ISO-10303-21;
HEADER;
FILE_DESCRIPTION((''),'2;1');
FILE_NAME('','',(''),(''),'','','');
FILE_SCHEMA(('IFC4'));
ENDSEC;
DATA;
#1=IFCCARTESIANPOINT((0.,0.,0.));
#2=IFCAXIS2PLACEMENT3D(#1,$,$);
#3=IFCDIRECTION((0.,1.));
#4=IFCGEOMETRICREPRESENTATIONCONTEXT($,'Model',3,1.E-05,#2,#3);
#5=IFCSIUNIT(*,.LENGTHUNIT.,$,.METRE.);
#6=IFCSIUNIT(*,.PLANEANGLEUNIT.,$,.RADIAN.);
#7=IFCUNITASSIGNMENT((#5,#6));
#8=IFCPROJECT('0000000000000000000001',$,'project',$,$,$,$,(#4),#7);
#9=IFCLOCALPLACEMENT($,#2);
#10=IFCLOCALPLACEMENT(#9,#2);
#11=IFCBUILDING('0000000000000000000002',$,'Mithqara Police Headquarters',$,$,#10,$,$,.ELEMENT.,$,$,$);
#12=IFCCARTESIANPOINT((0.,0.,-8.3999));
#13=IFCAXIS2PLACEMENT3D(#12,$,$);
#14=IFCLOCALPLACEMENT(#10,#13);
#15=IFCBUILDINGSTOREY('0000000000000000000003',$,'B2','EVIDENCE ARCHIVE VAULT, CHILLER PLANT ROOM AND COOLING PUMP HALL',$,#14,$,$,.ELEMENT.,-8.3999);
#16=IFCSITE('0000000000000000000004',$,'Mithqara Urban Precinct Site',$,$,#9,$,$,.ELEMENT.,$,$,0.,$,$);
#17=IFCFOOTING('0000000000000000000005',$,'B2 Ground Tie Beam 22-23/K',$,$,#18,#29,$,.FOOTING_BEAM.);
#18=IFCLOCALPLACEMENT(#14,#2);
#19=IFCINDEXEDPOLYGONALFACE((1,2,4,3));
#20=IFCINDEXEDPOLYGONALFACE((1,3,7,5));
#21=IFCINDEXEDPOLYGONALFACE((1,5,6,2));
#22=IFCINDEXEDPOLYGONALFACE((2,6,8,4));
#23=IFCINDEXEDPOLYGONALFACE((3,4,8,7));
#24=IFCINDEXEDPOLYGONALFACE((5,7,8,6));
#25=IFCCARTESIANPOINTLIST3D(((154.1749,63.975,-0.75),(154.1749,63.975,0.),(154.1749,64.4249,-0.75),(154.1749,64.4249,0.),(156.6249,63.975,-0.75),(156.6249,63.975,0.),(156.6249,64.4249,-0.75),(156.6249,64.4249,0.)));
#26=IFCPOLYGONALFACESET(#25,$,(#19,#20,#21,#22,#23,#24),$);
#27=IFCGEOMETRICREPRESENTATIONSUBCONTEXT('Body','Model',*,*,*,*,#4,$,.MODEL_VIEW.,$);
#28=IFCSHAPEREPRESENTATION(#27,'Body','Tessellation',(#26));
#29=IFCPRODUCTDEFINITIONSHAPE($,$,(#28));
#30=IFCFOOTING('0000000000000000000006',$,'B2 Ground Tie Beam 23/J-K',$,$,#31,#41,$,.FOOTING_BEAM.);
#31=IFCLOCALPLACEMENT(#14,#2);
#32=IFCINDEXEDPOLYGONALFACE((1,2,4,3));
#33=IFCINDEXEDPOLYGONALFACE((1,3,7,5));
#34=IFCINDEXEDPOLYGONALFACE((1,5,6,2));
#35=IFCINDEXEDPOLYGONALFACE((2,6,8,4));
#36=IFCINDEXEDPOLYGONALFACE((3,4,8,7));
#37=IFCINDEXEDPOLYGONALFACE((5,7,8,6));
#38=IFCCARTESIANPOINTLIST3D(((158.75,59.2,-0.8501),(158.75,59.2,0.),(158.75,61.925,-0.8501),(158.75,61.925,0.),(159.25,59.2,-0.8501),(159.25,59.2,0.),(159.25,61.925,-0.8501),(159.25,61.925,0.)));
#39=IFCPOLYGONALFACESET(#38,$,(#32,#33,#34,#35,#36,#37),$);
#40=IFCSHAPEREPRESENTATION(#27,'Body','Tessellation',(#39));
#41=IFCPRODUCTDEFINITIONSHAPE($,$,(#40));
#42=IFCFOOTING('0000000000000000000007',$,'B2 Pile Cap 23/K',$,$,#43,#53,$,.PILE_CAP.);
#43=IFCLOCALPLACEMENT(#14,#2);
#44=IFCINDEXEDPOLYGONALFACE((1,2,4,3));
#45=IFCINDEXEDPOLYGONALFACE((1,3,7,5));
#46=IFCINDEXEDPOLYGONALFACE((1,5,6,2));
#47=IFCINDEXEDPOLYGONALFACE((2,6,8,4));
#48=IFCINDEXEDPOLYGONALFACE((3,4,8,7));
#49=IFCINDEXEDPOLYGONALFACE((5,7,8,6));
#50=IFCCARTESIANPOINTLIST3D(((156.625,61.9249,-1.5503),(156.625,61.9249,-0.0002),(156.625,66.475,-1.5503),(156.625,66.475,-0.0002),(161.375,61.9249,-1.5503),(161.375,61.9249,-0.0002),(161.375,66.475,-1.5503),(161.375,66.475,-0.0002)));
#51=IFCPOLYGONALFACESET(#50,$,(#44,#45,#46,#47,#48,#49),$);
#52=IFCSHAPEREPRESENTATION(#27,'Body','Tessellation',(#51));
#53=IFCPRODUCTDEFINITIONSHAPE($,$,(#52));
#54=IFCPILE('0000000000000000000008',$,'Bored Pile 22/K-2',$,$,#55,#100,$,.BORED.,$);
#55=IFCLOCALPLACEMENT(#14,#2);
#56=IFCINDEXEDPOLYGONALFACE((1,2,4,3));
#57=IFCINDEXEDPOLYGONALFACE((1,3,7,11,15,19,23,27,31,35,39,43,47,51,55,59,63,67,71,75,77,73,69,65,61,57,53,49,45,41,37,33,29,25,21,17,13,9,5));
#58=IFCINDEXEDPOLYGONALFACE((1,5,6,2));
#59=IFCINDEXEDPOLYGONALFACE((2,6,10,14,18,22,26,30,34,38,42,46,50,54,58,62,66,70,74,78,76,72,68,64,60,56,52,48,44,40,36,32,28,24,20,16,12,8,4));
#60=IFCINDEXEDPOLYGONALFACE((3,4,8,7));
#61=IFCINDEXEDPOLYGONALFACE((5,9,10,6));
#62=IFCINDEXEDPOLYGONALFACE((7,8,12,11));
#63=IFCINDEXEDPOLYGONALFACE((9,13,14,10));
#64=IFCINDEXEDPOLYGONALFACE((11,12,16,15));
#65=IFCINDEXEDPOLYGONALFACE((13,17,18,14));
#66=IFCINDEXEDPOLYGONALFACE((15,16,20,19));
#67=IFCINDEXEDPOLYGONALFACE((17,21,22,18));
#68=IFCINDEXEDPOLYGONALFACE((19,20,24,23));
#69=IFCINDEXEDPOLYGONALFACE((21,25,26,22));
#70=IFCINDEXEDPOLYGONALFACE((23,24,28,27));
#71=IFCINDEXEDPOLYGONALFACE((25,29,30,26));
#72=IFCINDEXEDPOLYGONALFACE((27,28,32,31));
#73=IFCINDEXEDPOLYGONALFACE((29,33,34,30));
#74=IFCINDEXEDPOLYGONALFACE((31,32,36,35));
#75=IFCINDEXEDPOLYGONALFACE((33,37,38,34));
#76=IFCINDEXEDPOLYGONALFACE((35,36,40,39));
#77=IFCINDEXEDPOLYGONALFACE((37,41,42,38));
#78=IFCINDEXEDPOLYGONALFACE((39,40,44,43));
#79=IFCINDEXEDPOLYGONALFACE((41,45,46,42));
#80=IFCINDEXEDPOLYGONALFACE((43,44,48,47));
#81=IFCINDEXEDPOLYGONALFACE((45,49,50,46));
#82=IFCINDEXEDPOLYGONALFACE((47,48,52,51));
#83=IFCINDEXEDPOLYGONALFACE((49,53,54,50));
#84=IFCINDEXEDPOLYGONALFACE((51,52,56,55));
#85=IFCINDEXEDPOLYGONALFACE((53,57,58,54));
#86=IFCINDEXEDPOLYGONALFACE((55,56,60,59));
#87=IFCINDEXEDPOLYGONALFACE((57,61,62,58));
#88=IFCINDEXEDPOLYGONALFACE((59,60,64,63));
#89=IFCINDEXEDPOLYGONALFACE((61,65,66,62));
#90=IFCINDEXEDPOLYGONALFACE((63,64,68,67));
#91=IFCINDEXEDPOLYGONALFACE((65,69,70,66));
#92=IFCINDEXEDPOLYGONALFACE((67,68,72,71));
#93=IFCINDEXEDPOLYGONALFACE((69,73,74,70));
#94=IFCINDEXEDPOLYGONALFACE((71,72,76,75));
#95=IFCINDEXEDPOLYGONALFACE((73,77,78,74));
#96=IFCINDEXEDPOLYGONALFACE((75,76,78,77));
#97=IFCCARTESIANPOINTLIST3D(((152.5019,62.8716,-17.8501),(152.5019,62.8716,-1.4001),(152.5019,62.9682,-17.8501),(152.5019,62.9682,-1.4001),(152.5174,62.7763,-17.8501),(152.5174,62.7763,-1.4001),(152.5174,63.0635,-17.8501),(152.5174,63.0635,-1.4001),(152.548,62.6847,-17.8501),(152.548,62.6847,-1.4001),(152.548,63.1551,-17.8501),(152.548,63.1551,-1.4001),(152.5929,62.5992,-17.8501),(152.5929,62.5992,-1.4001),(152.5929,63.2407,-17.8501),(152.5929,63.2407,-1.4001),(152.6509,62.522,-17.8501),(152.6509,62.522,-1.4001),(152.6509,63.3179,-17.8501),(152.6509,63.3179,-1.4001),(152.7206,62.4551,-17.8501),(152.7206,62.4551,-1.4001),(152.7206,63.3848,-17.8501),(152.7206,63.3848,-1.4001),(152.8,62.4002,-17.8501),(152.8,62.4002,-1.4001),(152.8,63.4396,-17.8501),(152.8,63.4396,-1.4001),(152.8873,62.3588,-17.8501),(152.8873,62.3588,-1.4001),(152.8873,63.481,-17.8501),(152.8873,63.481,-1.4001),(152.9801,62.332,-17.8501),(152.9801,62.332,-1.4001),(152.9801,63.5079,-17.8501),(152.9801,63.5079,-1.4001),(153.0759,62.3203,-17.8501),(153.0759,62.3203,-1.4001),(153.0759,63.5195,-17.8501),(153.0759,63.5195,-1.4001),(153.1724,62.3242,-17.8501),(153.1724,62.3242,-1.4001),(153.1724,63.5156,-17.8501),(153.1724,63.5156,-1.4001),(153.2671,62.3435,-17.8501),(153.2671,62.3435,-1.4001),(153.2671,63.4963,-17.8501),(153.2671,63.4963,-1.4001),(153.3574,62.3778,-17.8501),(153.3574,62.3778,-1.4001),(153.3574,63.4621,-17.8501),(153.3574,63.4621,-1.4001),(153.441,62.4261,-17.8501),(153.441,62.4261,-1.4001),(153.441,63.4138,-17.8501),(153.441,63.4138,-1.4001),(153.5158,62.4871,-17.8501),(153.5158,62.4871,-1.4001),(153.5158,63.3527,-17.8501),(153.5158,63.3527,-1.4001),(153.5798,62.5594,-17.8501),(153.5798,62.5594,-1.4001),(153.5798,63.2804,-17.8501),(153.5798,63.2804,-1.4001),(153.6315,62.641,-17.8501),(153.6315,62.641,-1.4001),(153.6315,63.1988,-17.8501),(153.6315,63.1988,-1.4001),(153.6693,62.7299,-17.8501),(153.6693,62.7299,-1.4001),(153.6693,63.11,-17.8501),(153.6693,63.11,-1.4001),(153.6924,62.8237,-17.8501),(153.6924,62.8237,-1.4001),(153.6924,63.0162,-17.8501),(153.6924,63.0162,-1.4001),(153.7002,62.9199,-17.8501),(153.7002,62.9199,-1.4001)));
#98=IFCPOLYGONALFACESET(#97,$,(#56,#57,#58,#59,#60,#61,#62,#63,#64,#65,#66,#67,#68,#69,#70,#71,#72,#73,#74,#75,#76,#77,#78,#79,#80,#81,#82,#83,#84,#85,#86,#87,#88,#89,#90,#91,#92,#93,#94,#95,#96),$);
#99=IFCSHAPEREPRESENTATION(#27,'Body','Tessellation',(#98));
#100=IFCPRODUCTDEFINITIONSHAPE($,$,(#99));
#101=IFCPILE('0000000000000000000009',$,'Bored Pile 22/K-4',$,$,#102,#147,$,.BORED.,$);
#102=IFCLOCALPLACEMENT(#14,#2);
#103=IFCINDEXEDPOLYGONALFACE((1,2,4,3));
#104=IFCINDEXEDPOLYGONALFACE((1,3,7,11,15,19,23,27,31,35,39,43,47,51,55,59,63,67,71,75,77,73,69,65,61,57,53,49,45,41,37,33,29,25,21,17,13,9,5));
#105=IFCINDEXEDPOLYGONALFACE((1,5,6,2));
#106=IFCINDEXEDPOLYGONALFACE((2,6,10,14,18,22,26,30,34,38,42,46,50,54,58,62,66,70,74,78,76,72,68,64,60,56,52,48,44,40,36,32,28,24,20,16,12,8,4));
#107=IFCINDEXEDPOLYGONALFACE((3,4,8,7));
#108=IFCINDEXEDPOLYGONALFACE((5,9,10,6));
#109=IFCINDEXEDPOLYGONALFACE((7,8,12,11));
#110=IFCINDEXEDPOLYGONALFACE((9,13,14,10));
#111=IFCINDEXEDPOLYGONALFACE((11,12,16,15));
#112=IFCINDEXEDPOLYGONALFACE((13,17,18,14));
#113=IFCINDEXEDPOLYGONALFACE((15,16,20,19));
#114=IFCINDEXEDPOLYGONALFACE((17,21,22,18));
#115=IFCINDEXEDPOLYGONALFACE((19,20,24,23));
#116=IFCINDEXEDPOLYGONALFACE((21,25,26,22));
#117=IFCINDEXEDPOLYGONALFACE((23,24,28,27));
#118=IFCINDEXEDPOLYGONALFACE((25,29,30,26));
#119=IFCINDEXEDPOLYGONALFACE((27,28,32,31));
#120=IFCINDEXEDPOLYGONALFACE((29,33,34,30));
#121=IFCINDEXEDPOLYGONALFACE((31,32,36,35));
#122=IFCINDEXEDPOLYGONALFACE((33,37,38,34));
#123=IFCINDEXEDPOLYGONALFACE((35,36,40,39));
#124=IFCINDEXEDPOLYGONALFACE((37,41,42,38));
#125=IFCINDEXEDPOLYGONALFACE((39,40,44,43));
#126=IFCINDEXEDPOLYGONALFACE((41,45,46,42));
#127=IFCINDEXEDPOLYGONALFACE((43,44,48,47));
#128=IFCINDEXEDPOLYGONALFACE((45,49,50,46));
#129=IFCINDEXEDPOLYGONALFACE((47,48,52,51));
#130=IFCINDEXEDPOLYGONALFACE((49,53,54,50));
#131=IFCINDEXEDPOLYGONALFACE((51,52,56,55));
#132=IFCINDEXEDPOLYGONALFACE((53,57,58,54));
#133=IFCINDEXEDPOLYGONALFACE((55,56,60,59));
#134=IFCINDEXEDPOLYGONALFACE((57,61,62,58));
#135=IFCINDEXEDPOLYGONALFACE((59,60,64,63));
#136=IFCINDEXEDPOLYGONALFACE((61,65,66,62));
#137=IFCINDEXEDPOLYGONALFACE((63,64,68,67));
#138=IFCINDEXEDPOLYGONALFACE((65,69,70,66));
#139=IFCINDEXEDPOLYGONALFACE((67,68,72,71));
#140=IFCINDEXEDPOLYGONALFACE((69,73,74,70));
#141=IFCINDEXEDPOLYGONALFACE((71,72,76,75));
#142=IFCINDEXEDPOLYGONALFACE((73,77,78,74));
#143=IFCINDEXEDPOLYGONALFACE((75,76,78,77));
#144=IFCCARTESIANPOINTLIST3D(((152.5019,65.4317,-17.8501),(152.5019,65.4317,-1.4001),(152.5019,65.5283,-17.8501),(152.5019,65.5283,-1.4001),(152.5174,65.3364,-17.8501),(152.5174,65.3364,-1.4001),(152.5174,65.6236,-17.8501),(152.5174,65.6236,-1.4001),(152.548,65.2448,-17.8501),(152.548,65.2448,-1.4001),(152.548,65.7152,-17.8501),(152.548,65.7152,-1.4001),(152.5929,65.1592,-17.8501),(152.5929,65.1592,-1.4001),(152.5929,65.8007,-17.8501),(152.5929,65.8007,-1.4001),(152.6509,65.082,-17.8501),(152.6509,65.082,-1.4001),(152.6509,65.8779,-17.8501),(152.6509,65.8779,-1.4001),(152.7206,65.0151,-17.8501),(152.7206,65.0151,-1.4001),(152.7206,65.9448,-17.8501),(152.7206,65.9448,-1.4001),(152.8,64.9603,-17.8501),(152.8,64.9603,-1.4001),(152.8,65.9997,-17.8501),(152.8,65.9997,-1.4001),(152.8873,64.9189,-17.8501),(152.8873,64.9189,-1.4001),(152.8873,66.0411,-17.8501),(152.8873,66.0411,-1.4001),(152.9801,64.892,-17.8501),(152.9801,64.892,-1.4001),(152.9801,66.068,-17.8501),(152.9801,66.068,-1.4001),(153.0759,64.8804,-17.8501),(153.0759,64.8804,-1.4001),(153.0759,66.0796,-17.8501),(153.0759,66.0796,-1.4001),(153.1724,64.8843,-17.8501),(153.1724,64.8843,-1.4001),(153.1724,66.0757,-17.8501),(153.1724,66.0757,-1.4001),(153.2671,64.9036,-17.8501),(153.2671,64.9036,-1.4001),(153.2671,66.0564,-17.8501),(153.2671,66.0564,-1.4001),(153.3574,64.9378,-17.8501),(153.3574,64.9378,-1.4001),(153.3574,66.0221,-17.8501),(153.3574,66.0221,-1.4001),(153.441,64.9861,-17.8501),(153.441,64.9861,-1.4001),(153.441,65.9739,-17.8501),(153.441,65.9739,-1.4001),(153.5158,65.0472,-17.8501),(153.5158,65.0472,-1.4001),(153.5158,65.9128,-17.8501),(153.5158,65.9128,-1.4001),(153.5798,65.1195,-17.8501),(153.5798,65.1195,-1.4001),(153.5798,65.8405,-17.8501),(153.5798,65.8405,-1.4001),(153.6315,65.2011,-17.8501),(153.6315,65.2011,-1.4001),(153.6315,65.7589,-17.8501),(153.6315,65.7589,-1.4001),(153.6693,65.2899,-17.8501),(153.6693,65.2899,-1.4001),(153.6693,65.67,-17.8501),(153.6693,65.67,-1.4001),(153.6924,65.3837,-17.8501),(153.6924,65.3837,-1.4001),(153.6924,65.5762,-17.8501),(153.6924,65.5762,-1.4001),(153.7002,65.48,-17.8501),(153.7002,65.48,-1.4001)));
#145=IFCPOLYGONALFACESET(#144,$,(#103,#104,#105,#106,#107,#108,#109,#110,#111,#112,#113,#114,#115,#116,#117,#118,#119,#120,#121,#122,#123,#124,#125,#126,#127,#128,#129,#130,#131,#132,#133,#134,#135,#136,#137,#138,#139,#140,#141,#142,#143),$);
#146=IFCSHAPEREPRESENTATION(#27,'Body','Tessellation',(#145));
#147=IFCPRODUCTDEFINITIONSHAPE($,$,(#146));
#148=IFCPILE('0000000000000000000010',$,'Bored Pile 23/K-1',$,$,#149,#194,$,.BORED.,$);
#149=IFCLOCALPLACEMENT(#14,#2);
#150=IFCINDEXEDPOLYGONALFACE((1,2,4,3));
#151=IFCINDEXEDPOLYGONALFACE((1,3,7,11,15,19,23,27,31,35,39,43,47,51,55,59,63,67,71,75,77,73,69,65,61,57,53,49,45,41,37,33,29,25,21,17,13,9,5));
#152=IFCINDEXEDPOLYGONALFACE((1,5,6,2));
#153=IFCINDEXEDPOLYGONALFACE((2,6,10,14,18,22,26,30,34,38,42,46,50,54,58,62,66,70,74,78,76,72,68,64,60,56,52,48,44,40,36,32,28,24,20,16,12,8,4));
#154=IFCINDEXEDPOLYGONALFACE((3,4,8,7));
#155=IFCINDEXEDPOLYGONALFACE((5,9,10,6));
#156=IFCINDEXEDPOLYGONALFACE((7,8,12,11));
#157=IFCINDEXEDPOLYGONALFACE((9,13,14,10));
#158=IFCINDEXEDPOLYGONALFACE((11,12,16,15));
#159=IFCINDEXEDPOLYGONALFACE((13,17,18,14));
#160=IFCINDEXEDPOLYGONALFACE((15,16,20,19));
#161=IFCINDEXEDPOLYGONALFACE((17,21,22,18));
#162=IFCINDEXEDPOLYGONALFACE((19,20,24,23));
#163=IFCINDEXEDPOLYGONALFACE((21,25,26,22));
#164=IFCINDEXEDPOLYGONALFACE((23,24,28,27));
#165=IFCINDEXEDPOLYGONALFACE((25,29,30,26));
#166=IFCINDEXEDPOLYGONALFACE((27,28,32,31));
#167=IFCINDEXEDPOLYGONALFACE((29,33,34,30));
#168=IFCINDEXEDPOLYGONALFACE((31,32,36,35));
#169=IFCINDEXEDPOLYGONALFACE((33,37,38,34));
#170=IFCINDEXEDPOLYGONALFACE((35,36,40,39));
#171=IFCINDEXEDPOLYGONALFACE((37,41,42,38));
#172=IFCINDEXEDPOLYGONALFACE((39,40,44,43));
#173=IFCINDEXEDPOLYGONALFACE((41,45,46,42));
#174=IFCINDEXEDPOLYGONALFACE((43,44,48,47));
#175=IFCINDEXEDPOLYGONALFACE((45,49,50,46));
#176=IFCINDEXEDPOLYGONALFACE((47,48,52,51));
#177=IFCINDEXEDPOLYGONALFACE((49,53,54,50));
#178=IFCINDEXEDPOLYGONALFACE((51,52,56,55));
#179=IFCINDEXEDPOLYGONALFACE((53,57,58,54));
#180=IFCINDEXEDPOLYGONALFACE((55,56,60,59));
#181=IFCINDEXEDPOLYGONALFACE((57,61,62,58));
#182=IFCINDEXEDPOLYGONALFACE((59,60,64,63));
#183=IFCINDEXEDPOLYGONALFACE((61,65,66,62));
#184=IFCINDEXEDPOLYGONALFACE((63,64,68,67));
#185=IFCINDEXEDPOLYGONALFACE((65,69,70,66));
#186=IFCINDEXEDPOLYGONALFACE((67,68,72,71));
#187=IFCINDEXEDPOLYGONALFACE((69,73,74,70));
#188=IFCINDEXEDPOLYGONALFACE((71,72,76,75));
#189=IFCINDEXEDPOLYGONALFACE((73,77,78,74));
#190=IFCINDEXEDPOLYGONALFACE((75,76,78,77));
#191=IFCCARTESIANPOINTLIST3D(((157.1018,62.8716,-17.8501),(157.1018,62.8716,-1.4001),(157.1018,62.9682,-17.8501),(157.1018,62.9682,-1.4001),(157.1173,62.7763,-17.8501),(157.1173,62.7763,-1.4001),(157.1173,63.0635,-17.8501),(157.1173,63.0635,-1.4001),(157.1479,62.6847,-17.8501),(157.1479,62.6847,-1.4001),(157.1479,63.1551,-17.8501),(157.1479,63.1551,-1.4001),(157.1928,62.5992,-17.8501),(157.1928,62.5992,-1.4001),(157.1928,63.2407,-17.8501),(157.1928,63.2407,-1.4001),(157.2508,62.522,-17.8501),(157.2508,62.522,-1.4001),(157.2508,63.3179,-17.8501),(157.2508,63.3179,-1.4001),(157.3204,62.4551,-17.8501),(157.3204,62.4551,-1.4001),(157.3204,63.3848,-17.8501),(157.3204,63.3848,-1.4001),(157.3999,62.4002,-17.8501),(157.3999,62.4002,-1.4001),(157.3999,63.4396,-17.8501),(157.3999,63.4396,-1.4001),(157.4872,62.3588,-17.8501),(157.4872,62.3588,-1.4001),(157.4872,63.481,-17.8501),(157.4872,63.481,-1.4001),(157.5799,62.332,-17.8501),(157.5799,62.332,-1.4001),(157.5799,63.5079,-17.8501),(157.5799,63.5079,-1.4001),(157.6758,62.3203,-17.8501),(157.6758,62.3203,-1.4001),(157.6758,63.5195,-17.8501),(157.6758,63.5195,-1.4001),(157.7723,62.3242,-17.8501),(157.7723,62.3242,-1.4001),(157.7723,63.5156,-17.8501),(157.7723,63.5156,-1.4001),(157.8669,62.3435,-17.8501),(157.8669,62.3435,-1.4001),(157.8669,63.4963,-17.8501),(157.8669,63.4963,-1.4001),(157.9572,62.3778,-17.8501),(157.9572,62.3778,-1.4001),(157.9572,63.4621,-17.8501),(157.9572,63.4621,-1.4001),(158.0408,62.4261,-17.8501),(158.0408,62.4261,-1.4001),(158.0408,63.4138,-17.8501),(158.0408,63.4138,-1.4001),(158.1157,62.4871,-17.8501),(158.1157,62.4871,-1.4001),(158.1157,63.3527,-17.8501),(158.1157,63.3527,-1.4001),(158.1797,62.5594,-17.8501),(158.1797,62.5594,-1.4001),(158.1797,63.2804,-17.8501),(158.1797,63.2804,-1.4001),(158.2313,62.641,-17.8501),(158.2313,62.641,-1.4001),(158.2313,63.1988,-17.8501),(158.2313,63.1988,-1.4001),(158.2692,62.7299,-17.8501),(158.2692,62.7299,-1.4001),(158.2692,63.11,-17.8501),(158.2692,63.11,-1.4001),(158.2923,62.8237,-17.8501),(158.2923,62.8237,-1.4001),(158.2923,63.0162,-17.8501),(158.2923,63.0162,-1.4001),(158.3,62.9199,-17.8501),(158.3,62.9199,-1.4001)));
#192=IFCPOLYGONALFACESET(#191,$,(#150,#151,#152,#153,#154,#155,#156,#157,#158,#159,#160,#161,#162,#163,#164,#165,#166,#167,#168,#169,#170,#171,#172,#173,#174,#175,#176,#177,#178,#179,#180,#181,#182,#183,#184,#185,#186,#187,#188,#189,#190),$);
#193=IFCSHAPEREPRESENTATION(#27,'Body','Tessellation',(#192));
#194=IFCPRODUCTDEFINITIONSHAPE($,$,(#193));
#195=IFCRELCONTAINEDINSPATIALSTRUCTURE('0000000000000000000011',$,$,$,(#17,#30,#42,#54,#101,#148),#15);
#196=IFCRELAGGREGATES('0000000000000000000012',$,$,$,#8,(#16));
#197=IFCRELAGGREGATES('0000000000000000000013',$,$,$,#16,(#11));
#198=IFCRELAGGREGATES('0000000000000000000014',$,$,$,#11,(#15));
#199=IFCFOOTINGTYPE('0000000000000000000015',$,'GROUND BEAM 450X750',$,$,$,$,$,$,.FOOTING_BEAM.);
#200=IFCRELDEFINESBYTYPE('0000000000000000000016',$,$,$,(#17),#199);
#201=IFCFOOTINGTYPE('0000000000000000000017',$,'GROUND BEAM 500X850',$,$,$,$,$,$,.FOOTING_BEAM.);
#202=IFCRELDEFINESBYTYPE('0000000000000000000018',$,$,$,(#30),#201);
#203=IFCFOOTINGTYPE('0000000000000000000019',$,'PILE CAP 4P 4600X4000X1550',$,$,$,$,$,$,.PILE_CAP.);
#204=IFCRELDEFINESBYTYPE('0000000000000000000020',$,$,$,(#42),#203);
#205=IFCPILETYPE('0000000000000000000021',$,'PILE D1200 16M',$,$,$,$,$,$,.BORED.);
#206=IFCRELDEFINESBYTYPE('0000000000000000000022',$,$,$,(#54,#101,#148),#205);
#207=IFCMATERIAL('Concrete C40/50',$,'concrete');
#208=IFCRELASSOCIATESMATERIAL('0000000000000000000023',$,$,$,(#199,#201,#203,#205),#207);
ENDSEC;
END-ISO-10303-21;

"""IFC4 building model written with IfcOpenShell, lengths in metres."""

from ifc_helpers import new_model, si_unit, direction, frame, origin, origin_2d, place, context, subcontext, project, spatial, rectangle, circle, extrude, material, material_profile, profile_set, type_object, element, save


model = new_model("IFC4")

# Units and contexts
model_context = context("Model", 3, precision=1e-05, world=origin(), true_north=direction((0.0, 1.0)))
body_context = subcontext(model_context, "Body", "Model", "MODEL_VIEW")
ifc_project = project(units=[si_unit("LENGTHUNIT", "METRE"), si_unit("PLANEANGLEUNIT", "RADIAN")], contexts=[model_context])

# Site, building, storey
site_placement = place(None, origin())
site = spatial("IfcSite", under=ifc_project, at=site_placement, Name="Mithqara Urban Precinct Site", CompositionType="ELEMENT", RefElevation=0.0)
building_placement = place(site_placement, origin())
building = spatial("IfcBuilding", under=site, at=building_placement, Name="Mithqara Police Headquarters", CompositionType="ELEMENT")
storey_placement = place(building_placement, frame((0.0, 0.0, -8.3999)))
storey = spatial("IfcBuildingStorey", under=building, at=storey_placement, Name="B2", Description="EVIDENCE ARCHIVE VAULT, CHILLER PLANT ROOM AND COOLING PUMP HALL", CompositionType="ELEMENT", Elevation=-8.3999)

# Footings
ifc_material_1 = material(Name="Concrete C40/50", Category="concrete")
footing_type_1 = type_object("IfcFootingType", Name="GROUND BEAM 450X750", PredefinedType="FOOTING_BEAM", material=ifc_material_1)
footing_1_placement = place(storey_placement, frame((155.3999, 64.2, -0.75), z_axis=(0.0, 0.0, 1.0), x_axis=(1.0, 0.0, 0.0)))
element("IfcFooting", 1, at=footing_1_placement, inside=storey, type_object=footing_type_1, Name="B2 Ground Tie Beam 22-23/K", PredefinedType="FOOTING_BEAM", context=body_context, shape_type="SweptSolid", body=[
    extrude(rectangle(XDim=2.45, YDim=0.45, at=origin_2d()), origin(), (0.0, 0.0, 1.0), 0.75),
])
footing_type_2 = type_object("IfcFootingType", Name="GROUND BEAM 500X850", PredefinedType="FOOTING_BEAM", material=ifc_material_1)
footing_2_placement = place(storey_placement, frame((159.0, 60.5625, -0.8501), z_axis=(0.0, 0.0, 1.0), x_axis=(1.0, 0.0, 0.0)))
element("IfcFooting", 2, at=footing_2_placement, inside=storey, type_object=footing_type_2, Name="B2 Ground Tie Beam 23/J-K", PredefinedType="FOOTING_BEAM", context=body_context, shape_type="SweptSolid", body=[
    extrude(rectangle(XDim=0.5, YDim=2.7251, at=origin_2d()), origin(), (0.0, 0.0, 1.0), 0.8501),
])
footing_type_3 = type_object("IfcFootingType", Name="PILE CAP 4P 4600X4000X1550", PredefinedType="PILE_CAP", material=ifc_material_1)
footing_3_placement = place(storey_placement, frame((159.0, 64.2, -1.5503), z_axis=(0.0, 0.0, 1.0), x_axis=(1.0, 0.0, 0.0)))
element("IfcFooting", 3, at=footing_3_placement, inside=storey, type_object=footing_type_3, Name="B2 Pile Cap 23/K", PredefinedType="PILE_CAP", context=body_context, shape_type="SweptSolid", body=[
    extrude(rectangle(XDim=4.75, YDim=4.55, at=origin_2d()), origin(), (0.0, 0.0, 1.0), 1.55),
])

# Piles
ifc_material_profile_1 = material_profile(ifc_material_1, circle(Radius=0.6001, at=origin_2d()), Name="PILE D1200")
ifc_profile_set_1 = profile_set([ifc_material_profile_1], Name="Concrete C40/50")
pile_type_1 = type_object("IfcPileType", Name="PILE D1200 16M", PredefinedType="BORED", material=ifc_profile_set_1)
for number, where, z_axis, x_axis, name in (
    (4, (153.1001, 62.9199, -1.4001), (0.0, 0.0, -1.0), (1.0, 0.0, 0.0), "Bored Pile 22/K-2"),
    (5, (153.1001, 65.48, -1.4001), (0.0, 0.0, -1.0), (1.0, 0.0, 0.0), "Bored Pile 22/K-4"),
    (6, (157.7, 62.9199, -1.4001), (0.0, 0.0, -1.0), (1.0, 0.0, 0.0), "Bored Pile 23/K-1"),
):
    element("IfcPile", number, at=place(storey_placement, frame(where, z_axis=z_axis, x_axis=x_axis)), inside=storey, type_object=pile_type_1, Name=name, PredefinedType="BORED", context=body_context, shape_type="SweptSolid", body=[
        extrude(circle(Radius=0.6001, at=origin_2d()), origin(), (0.0, 0.0, 1.0), 16.45),
    ])

save(model, "model.ifc")
